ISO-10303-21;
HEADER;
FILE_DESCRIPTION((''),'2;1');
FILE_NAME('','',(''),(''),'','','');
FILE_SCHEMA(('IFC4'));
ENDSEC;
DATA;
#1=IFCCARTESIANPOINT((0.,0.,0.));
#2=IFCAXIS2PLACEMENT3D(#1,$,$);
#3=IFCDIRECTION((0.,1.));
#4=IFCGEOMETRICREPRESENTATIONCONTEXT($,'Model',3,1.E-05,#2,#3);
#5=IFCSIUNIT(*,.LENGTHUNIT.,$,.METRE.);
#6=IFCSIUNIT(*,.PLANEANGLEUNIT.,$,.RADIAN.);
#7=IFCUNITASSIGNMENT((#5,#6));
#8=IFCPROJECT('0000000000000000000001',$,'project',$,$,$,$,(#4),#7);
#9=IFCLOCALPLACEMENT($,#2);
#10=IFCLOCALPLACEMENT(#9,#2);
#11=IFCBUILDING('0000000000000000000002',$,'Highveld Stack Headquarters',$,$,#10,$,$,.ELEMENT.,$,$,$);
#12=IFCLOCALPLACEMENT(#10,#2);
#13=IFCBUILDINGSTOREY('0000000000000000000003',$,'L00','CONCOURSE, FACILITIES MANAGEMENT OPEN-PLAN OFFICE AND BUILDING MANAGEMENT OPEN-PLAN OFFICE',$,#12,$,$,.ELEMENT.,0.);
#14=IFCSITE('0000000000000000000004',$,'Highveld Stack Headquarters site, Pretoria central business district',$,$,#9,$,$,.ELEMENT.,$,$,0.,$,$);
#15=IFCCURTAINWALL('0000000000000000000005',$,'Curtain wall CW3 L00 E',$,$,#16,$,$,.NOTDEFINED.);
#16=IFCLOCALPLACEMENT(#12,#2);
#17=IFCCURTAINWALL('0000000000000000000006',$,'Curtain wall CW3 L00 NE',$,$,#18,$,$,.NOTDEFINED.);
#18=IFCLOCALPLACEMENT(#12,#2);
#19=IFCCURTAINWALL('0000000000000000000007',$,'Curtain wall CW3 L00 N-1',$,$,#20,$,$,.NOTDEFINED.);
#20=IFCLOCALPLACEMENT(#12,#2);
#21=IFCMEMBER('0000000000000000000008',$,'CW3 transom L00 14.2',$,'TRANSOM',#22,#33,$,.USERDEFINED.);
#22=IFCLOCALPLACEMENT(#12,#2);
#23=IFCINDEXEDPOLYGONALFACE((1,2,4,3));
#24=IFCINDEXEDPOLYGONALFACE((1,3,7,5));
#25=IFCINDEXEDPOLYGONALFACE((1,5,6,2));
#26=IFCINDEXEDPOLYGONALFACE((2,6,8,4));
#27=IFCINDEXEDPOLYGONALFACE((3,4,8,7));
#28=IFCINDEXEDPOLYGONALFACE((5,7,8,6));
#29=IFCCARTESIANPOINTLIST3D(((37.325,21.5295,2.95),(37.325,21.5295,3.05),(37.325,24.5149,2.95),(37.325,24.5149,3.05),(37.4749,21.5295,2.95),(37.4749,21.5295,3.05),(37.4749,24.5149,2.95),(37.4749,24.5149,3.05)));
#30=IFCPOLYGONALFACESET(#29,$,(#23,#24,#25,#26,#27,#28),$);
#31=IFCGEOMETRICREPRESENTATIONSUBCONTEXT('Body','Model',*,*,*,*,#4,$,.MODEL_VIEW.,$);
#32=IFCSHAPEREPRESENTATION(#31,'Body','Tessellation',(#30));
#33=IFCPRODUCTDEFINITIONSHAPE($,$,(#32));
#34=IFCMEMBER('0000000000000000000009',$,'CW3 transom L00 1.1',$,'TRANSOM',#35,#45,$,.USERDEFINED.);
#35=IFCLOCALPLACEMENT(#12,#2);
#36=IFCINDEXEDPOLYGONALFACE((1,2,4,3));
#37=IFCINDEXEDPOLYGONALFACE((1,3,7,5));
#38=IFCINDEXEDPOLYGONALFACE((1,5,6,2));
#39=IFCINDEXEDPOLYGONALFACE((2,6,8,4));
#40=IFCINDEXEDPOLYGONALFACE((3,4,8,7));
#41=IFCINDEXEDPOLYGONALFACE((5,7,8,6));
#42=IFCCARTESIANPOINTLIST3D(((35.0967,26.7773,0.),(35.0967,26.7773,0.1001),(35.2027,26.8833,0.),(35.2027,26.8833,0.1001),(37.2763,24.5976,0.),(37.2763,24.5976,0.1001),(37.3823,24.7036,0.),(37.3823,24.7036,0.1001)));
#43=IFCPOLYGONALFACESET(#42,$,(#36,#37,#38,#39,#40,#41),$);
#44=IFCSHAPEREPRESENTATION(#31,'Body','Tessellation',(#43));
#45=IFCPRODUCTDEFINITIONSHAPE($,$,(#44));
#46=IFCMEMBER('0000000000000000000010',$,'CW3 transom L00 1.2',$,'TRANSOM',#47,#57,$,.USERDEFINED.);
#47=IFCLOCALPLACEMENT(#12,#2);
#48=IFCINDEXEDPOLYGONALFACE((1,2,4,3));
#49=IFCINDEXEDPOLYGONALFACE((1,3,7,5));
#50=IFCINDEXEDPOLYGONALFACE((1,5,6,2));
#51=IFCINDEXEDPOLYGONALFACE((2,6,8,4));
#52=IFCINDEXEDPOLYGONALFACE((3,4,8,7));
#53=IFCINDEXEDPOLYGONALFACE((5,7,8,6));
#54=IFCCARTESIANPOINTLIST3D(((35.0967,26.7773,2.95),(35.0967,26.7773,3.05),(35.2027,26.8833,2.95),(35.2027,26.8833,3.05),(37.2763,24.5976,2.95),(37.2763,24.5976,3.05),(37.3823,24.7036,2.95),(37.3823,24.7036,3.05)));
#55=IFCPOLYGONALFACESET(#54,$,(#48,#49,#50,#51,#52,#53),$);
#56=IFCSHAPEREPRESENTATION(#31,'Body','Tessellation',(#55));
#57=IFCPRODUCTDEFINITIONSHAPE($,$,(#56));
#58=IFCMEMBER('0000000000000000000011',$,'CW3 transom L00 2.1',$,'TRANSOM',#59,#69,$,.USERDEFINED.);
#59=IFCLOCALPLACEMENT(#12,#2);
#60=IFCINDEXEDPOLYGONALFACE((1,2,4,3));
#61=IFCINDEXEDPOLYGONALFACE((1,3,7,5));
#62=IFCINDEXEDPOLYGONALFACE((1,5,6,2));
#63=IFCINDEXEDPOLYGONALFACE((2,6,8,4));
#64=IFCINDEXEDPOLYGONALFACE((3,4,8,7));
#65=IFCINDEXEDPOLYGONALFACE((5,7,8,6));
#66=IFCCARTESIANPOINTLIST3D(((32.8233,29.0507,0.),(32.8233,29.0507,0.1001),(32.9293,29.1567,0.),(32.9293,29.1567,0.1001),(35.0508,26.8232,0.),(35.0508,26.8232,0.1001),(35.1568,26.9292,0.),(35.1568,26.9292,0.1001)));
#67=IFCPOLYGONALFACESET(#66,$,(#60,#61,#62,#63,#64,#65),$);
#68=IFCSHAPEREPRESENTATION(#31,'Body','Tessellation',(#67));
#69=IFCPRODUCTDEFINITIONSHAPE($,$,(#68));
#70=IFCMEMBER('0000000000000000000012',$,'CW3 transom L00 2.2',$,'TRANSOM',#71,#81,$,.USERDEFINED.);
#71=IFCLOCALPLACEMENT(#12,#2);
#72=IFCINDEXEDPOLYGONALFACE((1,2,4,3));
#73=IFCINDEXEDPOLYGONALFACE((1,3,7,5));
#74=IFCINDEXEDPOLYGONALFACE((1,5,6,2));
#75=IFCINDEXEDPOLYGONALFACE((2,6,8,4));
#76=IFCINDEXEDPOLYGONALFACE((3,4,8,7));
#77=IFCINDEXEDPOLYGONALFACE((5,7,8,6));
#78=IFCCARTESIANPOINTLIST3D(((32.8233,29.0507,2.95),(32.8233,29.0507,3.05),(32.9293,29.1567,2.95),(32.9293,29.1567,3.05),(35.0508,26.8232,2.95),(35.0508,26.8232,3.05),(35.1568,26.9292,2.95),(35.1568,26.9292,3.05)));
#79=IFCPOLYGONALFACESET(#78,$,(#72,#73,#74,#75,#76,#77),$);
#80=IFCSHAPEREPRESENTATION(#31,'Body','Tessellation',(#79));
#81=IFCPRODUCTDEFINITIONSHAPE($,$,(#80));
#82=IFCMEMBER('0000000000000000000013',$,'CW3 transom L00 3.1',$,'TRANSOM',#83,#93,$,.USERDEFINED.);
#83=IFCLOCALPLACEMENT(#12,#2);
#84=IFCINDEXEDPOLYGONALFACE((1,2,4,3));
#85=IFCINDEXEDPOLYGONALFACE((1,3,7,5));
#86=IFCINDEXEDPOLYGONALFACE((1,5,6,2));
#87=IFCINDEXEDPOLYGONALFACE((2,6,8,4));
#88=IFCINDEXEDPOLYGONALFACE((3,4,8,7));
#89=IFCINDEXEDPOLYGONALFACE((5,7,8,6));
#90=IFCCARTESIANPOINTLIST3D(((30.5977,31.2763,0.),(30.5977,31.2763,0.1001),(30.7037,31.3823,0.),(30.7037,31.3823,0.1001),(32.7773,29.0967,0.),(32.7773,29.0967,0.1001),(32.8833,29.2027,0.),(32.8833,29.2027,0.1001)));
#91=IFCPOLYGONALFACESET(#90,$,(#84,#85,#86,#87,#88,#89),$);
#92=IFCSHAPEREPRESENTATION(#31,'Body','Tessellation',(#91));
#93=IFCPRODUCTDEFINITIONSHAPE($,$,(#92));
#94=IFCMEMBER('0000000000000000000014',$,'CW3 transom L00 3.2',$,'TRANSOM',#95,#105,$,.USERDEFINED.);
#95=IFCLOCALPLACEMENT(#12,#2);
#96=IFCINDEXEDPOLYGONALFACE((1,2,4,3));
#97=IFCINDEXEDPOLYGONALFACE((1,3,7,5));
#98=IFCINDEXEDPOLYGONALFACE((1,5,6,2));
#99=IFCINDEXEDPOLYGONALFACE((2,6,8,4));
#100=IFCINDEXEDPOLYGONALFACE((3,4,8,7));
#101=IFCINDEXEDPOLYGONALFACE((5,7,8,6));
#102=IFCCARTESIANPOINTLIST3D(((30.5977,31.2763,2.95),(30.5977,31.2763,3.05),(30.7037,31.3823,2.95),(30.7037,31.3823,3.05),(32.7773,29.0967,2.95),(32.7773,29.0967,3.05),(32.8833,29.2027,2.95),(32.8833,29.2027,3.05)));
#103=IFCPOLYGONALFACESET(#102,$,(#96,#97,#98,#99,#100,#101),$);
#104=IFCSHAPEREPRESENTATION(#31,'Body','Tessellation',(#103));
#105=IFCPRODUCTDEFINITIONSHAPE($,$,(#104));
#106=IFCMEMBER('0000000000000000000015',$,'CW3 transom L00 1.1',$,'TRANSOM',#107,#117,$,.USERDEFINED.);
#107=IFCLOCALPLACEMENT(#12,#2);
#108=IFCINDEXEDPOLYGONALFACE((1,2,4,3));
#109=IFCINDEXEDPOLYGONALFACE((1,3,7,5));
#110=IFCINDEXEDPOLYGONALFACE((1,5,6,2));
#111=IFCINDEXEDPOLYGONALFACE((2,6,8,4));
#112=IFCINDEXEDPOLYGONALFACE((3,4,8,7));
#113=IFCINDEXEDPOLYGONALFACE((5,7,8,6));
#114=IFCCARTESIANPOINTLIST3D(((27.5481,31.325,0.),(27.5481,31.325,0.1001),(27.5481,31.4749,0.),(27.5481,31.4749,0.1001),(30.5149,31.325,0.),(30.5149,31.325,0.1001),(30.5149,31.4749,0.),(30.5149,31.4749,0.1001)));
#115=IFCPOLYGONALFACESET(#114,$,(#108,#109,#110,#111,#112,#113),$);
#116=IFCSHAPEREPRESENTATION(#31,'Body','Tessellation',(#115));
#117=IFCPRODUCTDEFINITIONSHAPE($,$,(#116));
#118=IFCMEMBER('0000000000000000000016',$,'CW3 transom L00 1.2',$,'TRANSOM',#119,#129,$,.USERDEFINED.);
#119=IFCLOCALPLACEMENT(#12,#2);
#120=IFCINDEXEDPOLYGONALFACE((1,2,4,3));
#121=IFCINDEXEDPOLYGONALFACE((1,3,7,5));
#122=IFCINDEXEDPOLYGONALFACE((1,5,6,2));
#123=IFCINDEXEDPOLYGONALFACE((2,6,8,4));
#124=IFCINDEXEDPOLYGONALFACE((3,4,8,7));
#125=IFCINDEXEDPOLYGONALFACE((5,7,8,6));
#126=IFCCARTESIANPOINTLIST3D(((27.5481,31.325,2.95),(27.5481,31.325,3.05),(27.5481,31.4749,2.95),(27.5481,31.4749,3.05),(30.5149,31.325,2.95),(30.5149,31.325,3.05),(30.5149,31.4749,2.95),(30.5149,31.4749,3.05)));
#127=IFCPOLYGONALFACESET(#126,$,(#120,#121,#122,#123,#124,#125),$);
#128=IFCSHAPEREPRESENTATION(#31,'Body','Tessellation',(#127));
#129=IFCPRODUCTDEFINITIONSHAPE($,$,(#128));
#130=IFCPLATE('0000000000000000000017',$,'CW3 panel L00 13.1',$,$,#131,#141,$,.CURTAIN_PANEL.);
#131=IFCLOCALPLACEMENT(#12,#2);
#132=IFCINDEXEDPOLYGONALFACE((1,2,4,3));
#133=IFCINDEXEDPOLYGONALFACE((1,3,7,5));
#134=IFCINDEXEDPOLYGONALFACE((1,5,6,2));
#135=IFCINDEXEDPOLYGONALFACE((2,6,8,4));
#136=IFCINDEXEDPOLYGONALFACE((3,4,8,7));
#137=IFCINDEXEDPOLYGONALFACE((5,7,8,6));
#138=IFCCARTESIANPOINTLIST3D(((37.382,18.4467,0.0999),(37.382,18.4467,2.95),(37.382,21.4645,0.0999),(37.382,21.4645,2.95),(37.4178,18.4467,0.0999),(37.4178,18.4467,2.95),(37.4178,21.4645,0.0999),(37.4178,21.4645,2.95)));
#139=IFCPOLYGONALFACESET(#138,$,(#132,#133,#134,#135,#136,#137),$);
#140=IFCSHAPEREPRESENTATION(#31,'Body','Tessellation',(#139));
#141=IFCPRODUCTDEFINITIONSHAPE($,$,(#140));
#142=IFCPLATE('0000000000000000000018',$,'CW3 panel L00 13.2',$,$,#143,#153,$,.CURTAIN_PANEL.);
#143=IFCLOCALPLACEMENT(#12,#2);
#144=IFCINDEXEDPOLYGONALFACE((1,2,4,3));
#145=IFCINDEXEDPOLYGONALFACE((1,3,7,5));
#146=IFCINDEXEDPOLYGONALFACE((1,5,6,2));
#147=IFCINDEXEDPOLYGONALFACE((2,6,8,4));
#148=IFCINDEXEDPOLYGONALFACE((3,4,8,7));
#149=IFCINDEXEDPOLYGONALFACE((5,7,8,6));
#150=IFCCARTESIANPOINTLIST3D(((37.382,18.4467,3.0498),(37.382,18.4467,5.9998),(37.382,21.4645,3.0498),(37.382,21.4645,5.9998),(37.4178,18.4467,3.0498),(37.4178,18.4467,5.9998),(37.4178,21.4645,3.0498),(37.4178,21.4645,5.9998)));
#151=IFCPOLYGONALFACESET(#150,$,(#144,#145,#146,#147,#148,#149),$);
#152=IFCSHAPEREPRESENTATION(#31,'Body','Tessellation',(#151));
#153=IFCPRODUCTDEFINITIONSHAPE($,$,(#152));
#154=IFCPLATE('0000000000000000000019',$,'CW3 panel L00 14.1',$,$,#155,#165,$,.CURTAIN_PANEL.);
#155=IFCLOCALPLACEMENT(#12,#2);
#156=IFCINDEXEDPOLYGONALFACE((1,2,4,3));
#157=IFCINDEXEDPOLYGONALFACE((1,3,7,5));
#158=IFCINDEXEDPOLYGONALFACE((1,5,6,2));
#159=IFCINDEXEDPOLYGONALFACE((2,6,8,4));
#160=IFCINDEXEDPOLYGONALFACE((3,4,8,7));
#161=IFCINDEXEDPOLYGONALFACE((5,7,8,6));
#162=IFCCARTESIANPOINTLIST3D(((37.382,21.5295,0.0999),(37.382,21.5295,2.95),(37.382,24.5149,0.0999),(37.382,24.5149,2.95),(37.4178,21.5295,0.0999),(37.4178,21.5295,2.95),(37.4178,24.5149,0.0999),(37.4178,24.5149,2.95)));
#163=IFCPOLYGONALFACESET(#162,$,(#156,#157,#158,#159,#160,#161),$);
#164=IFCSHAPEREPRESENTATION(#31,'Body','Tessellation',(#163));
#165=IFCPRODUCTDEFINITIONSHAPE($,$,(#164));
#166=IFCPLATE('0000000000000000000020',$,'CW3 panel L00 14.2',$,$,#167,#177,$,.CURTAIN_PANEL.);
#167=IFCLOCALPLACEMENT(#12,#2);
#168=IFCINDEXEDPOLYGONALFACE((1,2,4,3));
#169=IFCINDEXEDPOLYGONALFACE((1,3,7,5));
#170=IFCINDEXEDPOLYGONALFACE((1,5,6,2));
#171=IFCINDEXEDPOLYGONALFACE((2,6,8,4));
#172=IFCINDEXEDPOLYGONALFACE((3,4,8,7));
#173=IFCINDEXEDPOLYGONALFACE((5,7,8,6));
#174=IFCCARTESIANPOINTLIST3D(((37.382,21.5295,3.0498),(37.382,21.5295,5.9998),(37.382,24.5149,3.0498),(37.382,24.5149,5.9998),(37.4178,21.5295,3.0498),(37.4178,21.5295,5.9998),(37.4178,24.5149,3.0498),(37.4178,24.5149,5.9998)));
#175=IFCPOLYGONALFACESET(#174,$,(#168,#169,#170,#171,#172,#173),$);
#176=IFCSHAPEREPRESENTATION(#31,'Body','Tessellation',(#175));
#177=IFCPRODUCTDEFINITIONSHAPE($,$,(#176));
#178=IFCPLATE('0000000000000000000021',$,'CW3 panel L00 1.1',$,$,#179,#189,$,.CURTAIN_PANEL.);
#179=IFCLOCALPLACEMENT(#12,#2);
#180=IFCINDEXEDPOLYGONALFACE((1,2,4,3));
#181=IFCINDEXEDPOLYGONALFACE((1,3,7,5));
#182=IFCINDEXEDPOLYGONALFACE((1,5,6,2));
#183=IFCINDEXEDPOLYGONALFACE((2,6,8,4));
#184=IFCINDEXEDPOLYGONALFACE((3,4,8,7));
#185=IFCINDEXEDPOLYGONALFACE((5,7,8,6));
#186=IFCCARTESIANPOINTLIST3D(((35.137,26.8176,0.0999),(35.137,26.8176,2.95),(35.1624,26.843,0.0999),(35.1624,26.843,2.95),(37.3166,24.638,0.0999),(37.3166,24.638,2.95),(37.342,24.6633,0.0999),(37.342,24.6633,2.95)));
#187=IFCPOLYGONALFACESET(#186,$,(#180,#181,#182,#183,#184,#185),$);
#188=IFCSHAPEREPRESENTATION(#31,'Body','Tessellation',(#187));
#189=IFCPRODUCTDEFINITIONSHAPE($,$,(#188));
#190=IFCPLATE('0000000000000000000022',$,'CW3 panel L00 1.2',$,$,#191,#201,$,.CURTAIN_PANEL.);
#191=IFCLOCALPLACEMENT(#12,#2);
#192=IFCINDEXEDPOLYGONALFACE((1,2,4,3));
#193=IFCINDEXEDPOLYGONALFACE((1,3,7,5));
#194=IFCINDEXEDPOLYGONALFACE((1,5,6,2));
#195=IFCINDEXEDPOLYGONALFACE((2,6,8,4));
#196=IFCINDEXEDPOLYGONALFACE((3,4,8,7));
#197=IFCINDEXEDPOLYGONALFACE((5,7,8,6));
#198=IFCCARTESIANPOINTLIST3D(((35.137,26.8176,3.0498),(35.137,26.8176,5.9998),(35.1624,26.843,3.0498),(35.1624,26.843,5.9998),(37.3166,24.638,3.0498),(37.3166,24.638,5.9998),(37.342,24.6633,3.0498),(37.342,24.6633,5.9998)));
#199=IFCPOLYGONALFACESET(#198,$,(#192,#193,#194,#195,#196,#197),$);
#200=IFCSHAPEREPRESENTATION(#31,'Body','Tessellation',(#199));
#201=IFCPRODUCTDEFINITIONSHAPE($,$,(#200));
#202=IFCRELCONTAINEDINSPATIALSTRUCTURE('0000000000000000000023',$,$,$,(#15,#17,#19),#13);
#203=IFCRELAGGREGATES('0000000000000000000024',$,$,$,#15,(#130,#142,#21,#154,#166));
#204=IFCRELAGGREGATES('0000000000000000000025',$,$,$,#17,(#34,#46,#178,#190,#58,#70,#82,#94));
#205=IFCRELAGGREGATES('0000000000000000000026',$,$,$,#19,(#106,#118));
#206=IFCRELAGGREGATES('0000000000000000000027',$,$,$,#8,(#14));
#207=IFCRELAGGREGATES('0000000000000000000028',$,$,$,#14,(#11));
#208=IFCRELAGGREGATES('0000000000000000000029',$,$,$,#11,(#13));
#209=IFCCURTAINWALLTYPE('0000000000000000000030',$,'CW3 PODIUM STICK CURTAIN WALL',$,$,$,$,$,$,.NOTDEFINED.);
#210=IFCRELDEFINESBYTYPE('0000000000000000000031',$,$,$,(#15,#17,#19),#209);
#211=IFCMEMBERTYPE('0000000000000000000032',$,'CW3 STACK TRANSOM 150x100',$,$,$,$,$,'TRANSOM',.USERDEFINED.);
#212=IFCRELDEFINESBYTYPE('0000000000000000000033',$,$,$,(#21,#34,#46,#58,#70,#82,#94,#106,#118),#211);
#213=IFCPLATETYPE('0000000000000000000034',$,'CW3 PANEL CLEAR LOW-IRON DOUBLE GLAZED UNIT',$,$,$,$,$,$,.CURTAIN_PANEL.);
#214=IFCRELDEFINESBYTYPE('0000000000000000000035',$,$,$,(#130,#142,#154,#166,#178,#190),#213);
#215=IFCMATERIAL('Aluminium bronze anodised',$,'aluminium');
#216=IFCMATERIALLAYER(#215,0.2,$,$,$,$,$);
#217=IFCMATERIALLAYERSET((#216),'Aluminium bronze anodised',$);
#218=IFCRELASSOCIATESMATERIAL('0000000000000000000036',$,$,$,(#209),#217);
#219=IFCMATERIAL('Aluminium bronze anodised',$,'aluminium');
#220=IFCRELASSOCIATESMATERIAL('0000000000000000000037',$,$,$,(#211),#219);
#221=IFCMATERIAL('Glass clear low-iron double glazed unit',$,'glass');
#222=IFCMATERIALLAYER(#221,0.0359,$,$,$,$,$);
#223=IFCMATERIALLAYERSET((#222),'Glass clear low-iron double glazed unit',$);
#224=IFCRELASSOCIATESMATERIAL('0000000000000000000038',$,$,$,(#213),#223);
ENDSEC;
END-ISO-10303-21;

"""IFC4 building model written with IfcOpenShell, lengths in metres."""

from ifc_helpers import new_model, si_unit, direction, frame, origin, origin_2d, place, context, subcontext, project, spatial, rectangle, extrude, material, layer, layer_set, material_profile, profile_set, type_object, element, aggregate, save


model = new_model("IFC4")

# Units and contexts
model_context = context("Model", 3, precision=1e-05, world=origin(), true_north=direction((0.0, 1.0)))
body_context = subcontext(model_context, "Body", "Model", "MODEL_VIEW")
ifc_project = project(units=[si_unit("LENGTHUNIT", "METRE"), si_unit("PLANEANGLEUNIT", "RADIAN")], contexts=[model_context])

# Site, building, storey
site_placement = place(None, origin())
site = spatial("IfcSite", under=ifc_project, at=site_placement, Name="Highveld Stack Headquarters site, Pretoria central business district", CompositionType="ELEMENT", RefElevation=0.0)
building_placement = place(site_placement, origin())
building = spatial("IfcBuilding", under=site, at=building_placement, Name="Highveld Stack Headquarters", CompositionType="ELEMENT")
storey_placement = place(building_placement, origin())
storey = spatial("IfcBuildingStorey", under=building, at=storey_placement, Name="L00", Description="CONCOURSE, FACILITIES MANAGEMENT OPEN-PLAN OFFICE AND BUILDING MANAGEMENT OPEN-PLAN OFFICE", CompositionType="ELEMENT", Elevation=0.0)

# Curtain walls
ifc_material_1 = material(Name="Aluminium bronze anodised", Category="aluminium")
ifc_layer_1 = layer(ifc_material_1, 0.2)
ifc_layer_set_1 = layer_set([ifc_layer_1], Name="Aluminium bronze anodised")
curtain_wall_type = type_object("IfcCurtainWallType", Name="CW3 PODIUM STICK CURTAIN WALL", PredefinedType="NOTDEFINED", material=ifc_layer_set_1)
curtain_wall_1_placement = place(storey_placement, origin())
curtain_wall_1 = element("IfcCurtainWall", 1, at=curtain_wall_1_placement, inside=storey, type_object=curtain_wall_type, Name="Curtain wall CW3 L00 E", PredefinedType="NOTDEFINED")
curtain_wall_2_placement = place(storey_placement, origin())
curtain_wall_2 = element("IfcCurtainWall", 2, at=curtain_wall_2_placement, inside=storey, type_object=curtain_wall_type, Name="Curtain wall CW3 L00 NE", PredefinedType="NOTDEFINED")
curtain_wall_3_placement = place(storey_placement, origin())
curtain_wall_3 = element("IfcCurtainWall", 3, at=curtain_wall_3_placement, inside=storey, type_object=curtain_wall_type, Name="Curtain wall CW3 L00 N-1", PredefinedType="NOTDEFINED")

# Members
ifc_material_2 = material(Name="Aluminium bronze anodised", Category="aluminium")
ifc_material_profile_1 = material_profile(ifc_material_2, rectangle(XDim=0.1499, YDim=0.1001, at=origin_2d()), Name="CW3 TRANSOM 150x100")
ifc_profile_set_1 = profile_set([ifc_material_profile_1], Name="Aluminium bronze anodised")
member_type_1 = type_object("IfcMemberType", Name="CW3 STACK TRANSOM 150x100", ElementType="TRANSOM", PredefinedType="USERDEFINED", material=ifc_profile_set_1)
member_1_placement = place(storey_placement, frame((37.3999, 21.5295, 3.0), z_axis=(0.0, 1.0, 0.0), x_axis=(-1.0, 0.0, 0.0)))
member_1 = element("IfcMember", 4, at=member_1_placement, type_object=member_type_1, Name="CW3 transom L00 14.2", ObjectType="TRANSOM", PredefinedType="USERDEFINED", context=body_context, shape_type="SweptSolid", body=[
    extrude(rectangle(XDim=0.1499, YDim=0.1001, at=origin_2d()), origin(), (0.0, 0.0, 1.0), 2.9854),
])
member_2_placement = place(storey_placement, frame((37.3293, 24.6506, 0.05), z_axis=(-0.707107, 0.707107, 0.0), x_axis=(-0.707107, -0.707107, 0.0)))
member_2 = element("IfcMember", 5, at=member_2_placement, type_object=member_type_1, Name="CW3 transom L00 1.1", ObjectType="TRANSOM", PredefinedType="USERDEFINED", context=body_context, shape_type="SweptSolid", body=[
    extrude(rectangle(XDim=0.1499, YDim=0.1001, at=origin_2d()), origin(), (0.0, 0.0, 1.0), 3.0825),
])
member_3_placement = place(storey_placement, frame((37.3293, 24.6506, 3.0), z_axis=(-0.707107, 0.707107, 0.0), x_axis=(-0.707107, -0.707107, 0.0)))
member_3 = element("IfcMember", 6, at=member_3_placement, type_object=member_type_1, Name="CW3 transom L00 1.2", ObjectType="TRANSOM", PredefinedType="USERDEFINED", context=body_context, shape_type="SweptSolid", body=[
    extrude(rectangle(XDim=0.1499, YDim=0.1001, at=origin_2d()), origin(), (0.0, 0.0, 1.0), 3.0825),
])
member_4_placement = place(storey_placement, frame((35.1038, 26.8762, 0.05), z_axis=(-0.707107, 0.707107, 0.0), x_axis=(-0.707107, -0.707107, 0.0)))
member_4 = element("IfcMember", 7, at=member_4_placement, type_object=member_type_1, Name="CW3 transom L00 2.1", ObjectType="TRANSOM", PredefinedType="USERDEFINED", context=body_context, shape_type="SweptSolid", body=[
    extrude(rectangle(XDim=0.1499, YDim=0.1001, at=origin_2d()), origin(), (0.0, 0.0, 1.0), 3.1501),
])
member_5_placement = place(storey_placement, frame((35.1038, 26.8762, 3.0), z_axis=(-0.707107, 0.707107, 0.0), x_axis=(-0.707107, -0.707107, 0.0)))
member_5 = element("IfcMember", 8, at=member_5_placement, type_object=member_type_1, Name="CW3 transom L00 2.2", ObjectType="TRANSOM", PredefinedType="USERDEFINED", context=body_context, shape_type="SweptSolid", body=[
    extrude(rectangle(XDim=0.1499, YDim=0.1001, at=origin_2d()), origin(), (0.0, 0.0, 1.0), 3.1501),
])
member_6_placement = place(storey_placement, frame((32.8303, 29.1497, 0.05), z_axis=(-0.707107, 0.707107, 0.0), x_axis=(-0.707107, -0.707107, 0.0)))
member_6 = element("IfcMember", 9, at=member_6_placement, type_object=member_type_1, Name="CW3 transom L00 3.1", ObjectType="TRANSOM", PredefinedType="USERDEFINED", context=body_context, shape_type="SweptSolid", body=[
    extrude(rectangle(XDim=0.1499, YDim=0.1001, at=origin_2d()), origin(), (0.0, 0.0, 1.0), 3.0825),
])
member_7_placement = place(storey_placement, frame((32.8303, 29.1497, 3.0), z_axis=(-0.707107, 0.707107, 0.0), x_axis=(-0.707107, -0.707107, 0.0)))
member_7 = element("IfcMember", 10, at=member_7_placement, type_object=member_type_1, Name="CW3 transom L00 3.2", ObjectType="TRANSOM", PredefinedType="USERDEFINED", context=body_context, shape_type="SweptSolid", body=[
    extrude(rectangle(XDim=0.1499, YDim=0.1001, at=origin_2d()), origin(), (0.0, 0.0, 1.0), 3.0825),
])
member_8_placement = place(storey_placement, frame((30.5149, 31.3999, 0.05), z_axis=(-1.0, 0.0, 0.0), x_axis=(0.0, -1.0, 0.0)))
member_8 = element("IfcMember", 11, at=member_8_placement, type_object=member_type_1, Name="CW3 transom L00 1.1", ObjectType="TRANSOM", PredefinedType="USERDEFINED", context=body_context, shape_type="SweptSolid", body=[
    extrude(rectangle(XDim=0.1499, YDim=0.1001, at=origin_2d()), origin(), (0.0, 0.0, 1.0), 2.9668),
])
member_9_placement = place(storey_placement, frame((30.5149, 31.3999, 3.0), z_axis=(-1.0, 0.0, 0.0), x_axis=(0.0, -1.0, 0.0)))
member_9 = element("IfcMember", 12, at=member_9_placement, type_object=member_type_1, Name="CW3 transom L00 1.2", ObjectType="TRANSOM", PredefinedType="USERDEFINED", context=body_context, shape_type="SweptSolid", body=[
    extrude(rectangle(XDim=0.1499, YDim=0.1001, at=origin_2d()), origin(), (0.0, 0.0, 1.0), 2.9668),
])

# Plates
ifc_material_3 = material(Name="Glass clear low-iron double glazed unit", Category="glass")
ifc_layer_2 = layer(ifc_material_3, 0.0359)
ifc_layer_set_2 = layer_set([ifc_layer_2], Name="Glass clear low-iron double glazed unit")
plate_type = type_object("IfcPlateType", Name="CW3 PANEL CLEAR LOW-IRON DOUBLE GLAZED UNIT", PredefinedType="CURTAIN_PANEL", material=ifc_layer_set_2)
plate_1_placement = place(storey_placement, frame((37.3999, 19.9556, 0.0999), z_axis=(0.0, 0.0, 1.0), x_axis=(0.0, 1.0, 0.0)))
plate_1 = element("IfcPlate", 13, at=plate_1_placement, type_object=plate_type, Name="CW3 panel L00 13.1", PredefinedType="CURTAIN_PANEL", context=body_context, shape_type="SweptSolid", body=[
    extrude(rectangle(XDim=3.0178, YDim=0.0359, at=origin_2d()), origin(), (0.0, 0.0, 1.0), 2.8501),
])
plate_2_placement = place(storey_placement, frame((37.3999, 19.9556, 3.0498), z_axis=(0.0, 0.0, 1.0), x_axis=(0.0, 1.0, 0.0)))
plate_2 = element("IfcPlate", 14, at=plate_2_placement, type_object=plate_type, Name="CW3 panel L00 13.2", PredefinedType="CURTAIN_PANEL", context=body_context, shape_type="SweptSolid", body=[
    extrude(rectangle(XDim=3.0178, YDim=0.0359, at=origin_2d()), origin(), (0.0, 0.0, 1.0), 2.95),
])
plate_3_placement = place(storey_placement, frame((37.3999, 23.0222, 0.0999), z_axis=(0.0, 0.0, 1.0), x_axis=(0.0, 1.0, 0.0)))
plate_3 = element("IfcPlate", 15, at=plate_3_placement, type_object=plate_type, Name="CW3 panel L00 14.1", PredefinedType="CURTAIN_PANEL", context=body_context, shape_type="SweptSolid", body=[
    extrude(rectangle(XDim=2.9854, YDim=0.0359, at=origin_2d()), origin(), (0.0, 0.0, 1.0), 2.8501),
])
plate_4_placement = place(storey_placement, frame((37.3999, 23.0222, 3.0498), z_axis=(0.0, 0.0, 1.0), x_axis=(0.0, 1.0, 0.0)))
plate_4 = element("IfcPlate", 16, at=plate_4_placement, type_object=plate_type, Name="CW3 panel L00 14.2", PredefinedType="CURTAIN_PANEL", context=body_context, shape_type="SweptSolid", body=[
    extrude(rectangle(XDim=2.9854, YDim=0.0359, at=origin_2d()), origin(), (0.0, 0.0, 1.0), 2.95),
])
aggregate(curtain_wall_1, [plate_1, plate_2, member_1, plate_3, plate_4])
plate_5_placement = place(storey_placement, frame((36.2395, 25.7405, 0.0999), z_axis=(0.0, 0.0, 1.0), x_axis=(-0.707107, 0.707107, 0.0)))
plate_5 = element("IfcPlate", 17, at=plate_5_placement, type_object=plate_type, Name="CW3 panel L00 1.1", PredefinedType="CURTAIN_PANEL", context=body_context, shape_type="SweptSolid", body=[
    extrude(rectangle(XDim=3.0825, YDim=0.0359, at=origin_2d()), origin(), (0.0, 0.0, 1.0), 2.8501),
])
plate_6_placement = place(storey_placement, frame((36.2395, 25.7405, 3.0498), z_axis=(0.0, 0.0, 1.0), x_axis=(-0.707107, 0.707107, 0.0)))
plate_6 = element("IfcPlate", 18, at=plate_6_placement, type_object=plate_type, Name="CW3 panel L00 1.2", PredefinedType="CURTAIN_PANEL", context=body_context, shape_type="SweptSolid", body=[
    extrude(rectangle(XDim=3.0825, YDim=0.0359, at=origin_2d()), origin(), (0.0, 0.0, 1.0), 2.95),
])
aggregate(curtain_wall_2, [member_2, member_3, plate_5, plate_6, member_4, member_5, member_6, member_7])
aggregate(curtain_wall_3, [member_8, member_9])

save(model, "model.ifc")
